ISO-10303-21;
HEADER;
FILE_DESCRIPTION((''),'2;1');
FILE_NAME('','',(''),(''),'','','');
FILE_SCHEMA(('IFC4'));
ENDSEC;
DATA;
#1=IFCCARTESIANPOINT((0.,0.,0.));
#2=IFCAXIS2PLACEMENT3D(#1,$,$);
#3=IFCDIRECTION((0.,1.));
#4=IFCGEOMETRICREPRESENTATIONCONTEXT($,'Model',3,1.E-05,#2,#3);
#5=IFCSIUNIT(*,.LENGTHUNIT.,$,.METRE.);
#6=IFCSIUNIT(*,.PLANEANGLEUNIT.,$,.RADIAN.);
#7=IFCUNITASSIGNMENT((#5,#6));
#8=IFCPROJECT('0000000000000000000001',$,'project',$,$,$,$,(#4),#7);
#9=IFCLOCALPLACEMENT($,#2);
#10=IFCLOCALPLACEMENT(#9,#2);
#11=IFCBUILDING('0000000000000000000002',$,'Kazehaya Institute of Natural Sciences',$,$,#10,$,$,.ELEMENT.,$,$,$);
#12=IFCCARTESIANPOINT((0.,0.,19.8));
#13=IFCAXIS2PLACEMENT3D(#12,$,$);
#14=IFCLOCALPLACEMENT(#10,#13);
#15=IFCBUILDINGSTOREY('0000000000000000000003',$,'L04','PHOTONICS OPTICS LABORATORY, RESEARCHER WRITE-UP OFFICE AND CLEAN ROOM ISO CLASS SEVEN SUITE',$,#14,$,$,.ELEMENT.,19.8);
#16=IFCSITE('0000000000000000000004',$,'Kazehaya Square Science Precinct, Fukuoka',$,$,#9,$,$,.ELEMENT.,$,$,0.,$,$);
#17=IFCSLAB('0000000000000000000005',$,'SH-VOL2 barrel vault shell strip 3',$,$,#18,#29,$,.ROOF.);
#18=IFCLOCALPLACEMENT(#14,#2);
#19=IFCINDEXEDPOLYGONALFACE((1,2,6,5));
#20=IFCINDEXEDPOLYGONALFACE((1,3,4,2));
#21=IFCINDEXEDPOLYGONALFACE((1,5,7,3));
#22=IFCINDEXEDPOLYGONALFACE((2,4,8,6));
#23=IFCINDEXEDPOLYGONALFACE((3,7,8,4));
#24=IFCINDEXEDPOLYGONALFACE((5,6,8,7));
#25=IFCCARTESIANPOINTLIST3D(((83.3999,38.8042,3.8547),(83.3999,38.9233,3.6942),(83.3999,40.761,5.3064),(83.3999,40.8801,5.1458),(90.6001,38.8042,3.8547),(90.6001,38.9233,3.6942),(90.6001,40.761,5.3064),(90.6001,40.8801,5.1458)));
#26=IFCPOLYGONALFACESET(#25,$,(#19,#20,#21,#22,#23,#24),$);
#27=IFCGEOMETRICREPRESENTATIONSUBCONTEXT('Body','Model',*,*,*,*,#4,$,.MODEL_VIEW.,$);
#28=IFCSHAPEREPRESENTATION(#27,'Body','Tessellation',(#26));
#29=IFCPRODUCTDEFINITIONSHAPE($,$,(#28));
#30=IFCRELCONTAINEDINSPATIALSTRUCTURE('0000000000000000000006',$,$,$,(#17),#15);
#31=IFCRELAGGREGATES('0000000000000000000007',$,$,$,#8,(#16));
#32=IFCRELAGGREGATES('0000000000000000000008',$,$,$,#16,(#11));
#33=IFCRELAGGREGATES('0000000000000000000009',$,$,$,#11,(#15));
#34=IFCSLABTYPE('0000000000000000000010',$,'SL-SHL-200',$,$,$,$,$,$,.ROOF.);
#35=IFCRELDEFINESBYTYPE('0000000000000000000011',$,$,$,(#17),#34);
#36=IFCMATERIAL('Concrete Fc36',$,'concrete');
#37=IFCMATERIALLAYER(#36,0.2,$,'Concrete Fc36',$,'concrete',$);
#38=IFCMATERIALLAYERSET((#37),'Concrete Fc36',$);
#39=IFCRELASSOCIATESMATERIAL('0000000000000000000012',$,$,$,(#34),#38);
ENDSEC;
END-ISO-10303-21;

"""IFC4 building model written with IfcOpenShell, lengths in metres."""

from ifc_helpers import new_model, si_unit, direction, frame, origin, place, context, subcontext, project, spatial, polyline, outline, extrude, material, layer, layer_set, type_object, element, save


model = new_model("IFC4")

# Units and contexts
model_context = context("Model", 3, precision=1e-05, world=origin(), true_north=direction((0.0, 1.0)))
body_context = subcontext(model_context, "Body", "Model", "MODEL_VIEW")
ifc_project = project(units=[si_unit("LENGTHUNIT", "METRE"), si_unit("PLANEANGLEUNIT", "RADIAN")], contexts=[model_context])

# Site, building, storey
site_placement = place(None, origin())
site = spatial("IfcSite", under=ifc_project, at=site_placement, Name="Kazehaya Square Science Precinct, Fukuoka", CompositionType="ELEMENT", RefElevation=0.0)
building_placement = place(site_placement, origin())
building = spatial("IfcBuilding", under=site, at=building_placement, Name="Kazehaya Institute of Natural Sciences", CompositionType="ELEMENT")
storey_placement = place(building_placement, frame((0.0, 0.0, 19.8)))
storey = spatial("IfcBuildingStorey", under=building, at=storey_placement, Name="L04", Description="PHOTONICS OPTICS LABORATORY, RESEARCHER WRITE-UP OFFICE AND CLEAN ROOM ISO CLASS SEVEN SUITE", CompositionType="ELEMENT", Elevation=19.8)

# Shared definitions
ifc_material_1 = material(Name="Concrete Fc36", Category="concrete")

# Slab
ifc_layer = layer(ifc_material_1, 0.2, Name="Concrete Fc36", Category="concrete")
ifc_layer_set = layer_set([ifc_layer], Name="Concrete Fc36")
slab_type = type_object("IfcSlabType", Name="SL-SHL-200", PredefinedType="ROOF", material=ifc_layer_set)
slab_1_placement = place(storey_placement, frame((83.3999, 38.8042, 3.8547), z_axis=(0.0, -0.595807, 0.803127), x_axis=(1.0, 0.0, 0.0)))
element("IfcSlab", 1, at=slab_1_placement, inside=storey, type_object=slab_type, Name="SH-VOL2 barrel vault shell strip 3", PredefinedType="ROOF", context=body_context, shape_type="SweptSolid", body=[
    extrude(outline(polyline([(0.0, 0.0), (7.2002, 0.0), (7.2002, 2.4365), (0.0, 2.4365), (0.0, 0.0)])), origin(), (0.0, 0.0, -1.0), 0.2),
])

save(model, "model.ifc")
